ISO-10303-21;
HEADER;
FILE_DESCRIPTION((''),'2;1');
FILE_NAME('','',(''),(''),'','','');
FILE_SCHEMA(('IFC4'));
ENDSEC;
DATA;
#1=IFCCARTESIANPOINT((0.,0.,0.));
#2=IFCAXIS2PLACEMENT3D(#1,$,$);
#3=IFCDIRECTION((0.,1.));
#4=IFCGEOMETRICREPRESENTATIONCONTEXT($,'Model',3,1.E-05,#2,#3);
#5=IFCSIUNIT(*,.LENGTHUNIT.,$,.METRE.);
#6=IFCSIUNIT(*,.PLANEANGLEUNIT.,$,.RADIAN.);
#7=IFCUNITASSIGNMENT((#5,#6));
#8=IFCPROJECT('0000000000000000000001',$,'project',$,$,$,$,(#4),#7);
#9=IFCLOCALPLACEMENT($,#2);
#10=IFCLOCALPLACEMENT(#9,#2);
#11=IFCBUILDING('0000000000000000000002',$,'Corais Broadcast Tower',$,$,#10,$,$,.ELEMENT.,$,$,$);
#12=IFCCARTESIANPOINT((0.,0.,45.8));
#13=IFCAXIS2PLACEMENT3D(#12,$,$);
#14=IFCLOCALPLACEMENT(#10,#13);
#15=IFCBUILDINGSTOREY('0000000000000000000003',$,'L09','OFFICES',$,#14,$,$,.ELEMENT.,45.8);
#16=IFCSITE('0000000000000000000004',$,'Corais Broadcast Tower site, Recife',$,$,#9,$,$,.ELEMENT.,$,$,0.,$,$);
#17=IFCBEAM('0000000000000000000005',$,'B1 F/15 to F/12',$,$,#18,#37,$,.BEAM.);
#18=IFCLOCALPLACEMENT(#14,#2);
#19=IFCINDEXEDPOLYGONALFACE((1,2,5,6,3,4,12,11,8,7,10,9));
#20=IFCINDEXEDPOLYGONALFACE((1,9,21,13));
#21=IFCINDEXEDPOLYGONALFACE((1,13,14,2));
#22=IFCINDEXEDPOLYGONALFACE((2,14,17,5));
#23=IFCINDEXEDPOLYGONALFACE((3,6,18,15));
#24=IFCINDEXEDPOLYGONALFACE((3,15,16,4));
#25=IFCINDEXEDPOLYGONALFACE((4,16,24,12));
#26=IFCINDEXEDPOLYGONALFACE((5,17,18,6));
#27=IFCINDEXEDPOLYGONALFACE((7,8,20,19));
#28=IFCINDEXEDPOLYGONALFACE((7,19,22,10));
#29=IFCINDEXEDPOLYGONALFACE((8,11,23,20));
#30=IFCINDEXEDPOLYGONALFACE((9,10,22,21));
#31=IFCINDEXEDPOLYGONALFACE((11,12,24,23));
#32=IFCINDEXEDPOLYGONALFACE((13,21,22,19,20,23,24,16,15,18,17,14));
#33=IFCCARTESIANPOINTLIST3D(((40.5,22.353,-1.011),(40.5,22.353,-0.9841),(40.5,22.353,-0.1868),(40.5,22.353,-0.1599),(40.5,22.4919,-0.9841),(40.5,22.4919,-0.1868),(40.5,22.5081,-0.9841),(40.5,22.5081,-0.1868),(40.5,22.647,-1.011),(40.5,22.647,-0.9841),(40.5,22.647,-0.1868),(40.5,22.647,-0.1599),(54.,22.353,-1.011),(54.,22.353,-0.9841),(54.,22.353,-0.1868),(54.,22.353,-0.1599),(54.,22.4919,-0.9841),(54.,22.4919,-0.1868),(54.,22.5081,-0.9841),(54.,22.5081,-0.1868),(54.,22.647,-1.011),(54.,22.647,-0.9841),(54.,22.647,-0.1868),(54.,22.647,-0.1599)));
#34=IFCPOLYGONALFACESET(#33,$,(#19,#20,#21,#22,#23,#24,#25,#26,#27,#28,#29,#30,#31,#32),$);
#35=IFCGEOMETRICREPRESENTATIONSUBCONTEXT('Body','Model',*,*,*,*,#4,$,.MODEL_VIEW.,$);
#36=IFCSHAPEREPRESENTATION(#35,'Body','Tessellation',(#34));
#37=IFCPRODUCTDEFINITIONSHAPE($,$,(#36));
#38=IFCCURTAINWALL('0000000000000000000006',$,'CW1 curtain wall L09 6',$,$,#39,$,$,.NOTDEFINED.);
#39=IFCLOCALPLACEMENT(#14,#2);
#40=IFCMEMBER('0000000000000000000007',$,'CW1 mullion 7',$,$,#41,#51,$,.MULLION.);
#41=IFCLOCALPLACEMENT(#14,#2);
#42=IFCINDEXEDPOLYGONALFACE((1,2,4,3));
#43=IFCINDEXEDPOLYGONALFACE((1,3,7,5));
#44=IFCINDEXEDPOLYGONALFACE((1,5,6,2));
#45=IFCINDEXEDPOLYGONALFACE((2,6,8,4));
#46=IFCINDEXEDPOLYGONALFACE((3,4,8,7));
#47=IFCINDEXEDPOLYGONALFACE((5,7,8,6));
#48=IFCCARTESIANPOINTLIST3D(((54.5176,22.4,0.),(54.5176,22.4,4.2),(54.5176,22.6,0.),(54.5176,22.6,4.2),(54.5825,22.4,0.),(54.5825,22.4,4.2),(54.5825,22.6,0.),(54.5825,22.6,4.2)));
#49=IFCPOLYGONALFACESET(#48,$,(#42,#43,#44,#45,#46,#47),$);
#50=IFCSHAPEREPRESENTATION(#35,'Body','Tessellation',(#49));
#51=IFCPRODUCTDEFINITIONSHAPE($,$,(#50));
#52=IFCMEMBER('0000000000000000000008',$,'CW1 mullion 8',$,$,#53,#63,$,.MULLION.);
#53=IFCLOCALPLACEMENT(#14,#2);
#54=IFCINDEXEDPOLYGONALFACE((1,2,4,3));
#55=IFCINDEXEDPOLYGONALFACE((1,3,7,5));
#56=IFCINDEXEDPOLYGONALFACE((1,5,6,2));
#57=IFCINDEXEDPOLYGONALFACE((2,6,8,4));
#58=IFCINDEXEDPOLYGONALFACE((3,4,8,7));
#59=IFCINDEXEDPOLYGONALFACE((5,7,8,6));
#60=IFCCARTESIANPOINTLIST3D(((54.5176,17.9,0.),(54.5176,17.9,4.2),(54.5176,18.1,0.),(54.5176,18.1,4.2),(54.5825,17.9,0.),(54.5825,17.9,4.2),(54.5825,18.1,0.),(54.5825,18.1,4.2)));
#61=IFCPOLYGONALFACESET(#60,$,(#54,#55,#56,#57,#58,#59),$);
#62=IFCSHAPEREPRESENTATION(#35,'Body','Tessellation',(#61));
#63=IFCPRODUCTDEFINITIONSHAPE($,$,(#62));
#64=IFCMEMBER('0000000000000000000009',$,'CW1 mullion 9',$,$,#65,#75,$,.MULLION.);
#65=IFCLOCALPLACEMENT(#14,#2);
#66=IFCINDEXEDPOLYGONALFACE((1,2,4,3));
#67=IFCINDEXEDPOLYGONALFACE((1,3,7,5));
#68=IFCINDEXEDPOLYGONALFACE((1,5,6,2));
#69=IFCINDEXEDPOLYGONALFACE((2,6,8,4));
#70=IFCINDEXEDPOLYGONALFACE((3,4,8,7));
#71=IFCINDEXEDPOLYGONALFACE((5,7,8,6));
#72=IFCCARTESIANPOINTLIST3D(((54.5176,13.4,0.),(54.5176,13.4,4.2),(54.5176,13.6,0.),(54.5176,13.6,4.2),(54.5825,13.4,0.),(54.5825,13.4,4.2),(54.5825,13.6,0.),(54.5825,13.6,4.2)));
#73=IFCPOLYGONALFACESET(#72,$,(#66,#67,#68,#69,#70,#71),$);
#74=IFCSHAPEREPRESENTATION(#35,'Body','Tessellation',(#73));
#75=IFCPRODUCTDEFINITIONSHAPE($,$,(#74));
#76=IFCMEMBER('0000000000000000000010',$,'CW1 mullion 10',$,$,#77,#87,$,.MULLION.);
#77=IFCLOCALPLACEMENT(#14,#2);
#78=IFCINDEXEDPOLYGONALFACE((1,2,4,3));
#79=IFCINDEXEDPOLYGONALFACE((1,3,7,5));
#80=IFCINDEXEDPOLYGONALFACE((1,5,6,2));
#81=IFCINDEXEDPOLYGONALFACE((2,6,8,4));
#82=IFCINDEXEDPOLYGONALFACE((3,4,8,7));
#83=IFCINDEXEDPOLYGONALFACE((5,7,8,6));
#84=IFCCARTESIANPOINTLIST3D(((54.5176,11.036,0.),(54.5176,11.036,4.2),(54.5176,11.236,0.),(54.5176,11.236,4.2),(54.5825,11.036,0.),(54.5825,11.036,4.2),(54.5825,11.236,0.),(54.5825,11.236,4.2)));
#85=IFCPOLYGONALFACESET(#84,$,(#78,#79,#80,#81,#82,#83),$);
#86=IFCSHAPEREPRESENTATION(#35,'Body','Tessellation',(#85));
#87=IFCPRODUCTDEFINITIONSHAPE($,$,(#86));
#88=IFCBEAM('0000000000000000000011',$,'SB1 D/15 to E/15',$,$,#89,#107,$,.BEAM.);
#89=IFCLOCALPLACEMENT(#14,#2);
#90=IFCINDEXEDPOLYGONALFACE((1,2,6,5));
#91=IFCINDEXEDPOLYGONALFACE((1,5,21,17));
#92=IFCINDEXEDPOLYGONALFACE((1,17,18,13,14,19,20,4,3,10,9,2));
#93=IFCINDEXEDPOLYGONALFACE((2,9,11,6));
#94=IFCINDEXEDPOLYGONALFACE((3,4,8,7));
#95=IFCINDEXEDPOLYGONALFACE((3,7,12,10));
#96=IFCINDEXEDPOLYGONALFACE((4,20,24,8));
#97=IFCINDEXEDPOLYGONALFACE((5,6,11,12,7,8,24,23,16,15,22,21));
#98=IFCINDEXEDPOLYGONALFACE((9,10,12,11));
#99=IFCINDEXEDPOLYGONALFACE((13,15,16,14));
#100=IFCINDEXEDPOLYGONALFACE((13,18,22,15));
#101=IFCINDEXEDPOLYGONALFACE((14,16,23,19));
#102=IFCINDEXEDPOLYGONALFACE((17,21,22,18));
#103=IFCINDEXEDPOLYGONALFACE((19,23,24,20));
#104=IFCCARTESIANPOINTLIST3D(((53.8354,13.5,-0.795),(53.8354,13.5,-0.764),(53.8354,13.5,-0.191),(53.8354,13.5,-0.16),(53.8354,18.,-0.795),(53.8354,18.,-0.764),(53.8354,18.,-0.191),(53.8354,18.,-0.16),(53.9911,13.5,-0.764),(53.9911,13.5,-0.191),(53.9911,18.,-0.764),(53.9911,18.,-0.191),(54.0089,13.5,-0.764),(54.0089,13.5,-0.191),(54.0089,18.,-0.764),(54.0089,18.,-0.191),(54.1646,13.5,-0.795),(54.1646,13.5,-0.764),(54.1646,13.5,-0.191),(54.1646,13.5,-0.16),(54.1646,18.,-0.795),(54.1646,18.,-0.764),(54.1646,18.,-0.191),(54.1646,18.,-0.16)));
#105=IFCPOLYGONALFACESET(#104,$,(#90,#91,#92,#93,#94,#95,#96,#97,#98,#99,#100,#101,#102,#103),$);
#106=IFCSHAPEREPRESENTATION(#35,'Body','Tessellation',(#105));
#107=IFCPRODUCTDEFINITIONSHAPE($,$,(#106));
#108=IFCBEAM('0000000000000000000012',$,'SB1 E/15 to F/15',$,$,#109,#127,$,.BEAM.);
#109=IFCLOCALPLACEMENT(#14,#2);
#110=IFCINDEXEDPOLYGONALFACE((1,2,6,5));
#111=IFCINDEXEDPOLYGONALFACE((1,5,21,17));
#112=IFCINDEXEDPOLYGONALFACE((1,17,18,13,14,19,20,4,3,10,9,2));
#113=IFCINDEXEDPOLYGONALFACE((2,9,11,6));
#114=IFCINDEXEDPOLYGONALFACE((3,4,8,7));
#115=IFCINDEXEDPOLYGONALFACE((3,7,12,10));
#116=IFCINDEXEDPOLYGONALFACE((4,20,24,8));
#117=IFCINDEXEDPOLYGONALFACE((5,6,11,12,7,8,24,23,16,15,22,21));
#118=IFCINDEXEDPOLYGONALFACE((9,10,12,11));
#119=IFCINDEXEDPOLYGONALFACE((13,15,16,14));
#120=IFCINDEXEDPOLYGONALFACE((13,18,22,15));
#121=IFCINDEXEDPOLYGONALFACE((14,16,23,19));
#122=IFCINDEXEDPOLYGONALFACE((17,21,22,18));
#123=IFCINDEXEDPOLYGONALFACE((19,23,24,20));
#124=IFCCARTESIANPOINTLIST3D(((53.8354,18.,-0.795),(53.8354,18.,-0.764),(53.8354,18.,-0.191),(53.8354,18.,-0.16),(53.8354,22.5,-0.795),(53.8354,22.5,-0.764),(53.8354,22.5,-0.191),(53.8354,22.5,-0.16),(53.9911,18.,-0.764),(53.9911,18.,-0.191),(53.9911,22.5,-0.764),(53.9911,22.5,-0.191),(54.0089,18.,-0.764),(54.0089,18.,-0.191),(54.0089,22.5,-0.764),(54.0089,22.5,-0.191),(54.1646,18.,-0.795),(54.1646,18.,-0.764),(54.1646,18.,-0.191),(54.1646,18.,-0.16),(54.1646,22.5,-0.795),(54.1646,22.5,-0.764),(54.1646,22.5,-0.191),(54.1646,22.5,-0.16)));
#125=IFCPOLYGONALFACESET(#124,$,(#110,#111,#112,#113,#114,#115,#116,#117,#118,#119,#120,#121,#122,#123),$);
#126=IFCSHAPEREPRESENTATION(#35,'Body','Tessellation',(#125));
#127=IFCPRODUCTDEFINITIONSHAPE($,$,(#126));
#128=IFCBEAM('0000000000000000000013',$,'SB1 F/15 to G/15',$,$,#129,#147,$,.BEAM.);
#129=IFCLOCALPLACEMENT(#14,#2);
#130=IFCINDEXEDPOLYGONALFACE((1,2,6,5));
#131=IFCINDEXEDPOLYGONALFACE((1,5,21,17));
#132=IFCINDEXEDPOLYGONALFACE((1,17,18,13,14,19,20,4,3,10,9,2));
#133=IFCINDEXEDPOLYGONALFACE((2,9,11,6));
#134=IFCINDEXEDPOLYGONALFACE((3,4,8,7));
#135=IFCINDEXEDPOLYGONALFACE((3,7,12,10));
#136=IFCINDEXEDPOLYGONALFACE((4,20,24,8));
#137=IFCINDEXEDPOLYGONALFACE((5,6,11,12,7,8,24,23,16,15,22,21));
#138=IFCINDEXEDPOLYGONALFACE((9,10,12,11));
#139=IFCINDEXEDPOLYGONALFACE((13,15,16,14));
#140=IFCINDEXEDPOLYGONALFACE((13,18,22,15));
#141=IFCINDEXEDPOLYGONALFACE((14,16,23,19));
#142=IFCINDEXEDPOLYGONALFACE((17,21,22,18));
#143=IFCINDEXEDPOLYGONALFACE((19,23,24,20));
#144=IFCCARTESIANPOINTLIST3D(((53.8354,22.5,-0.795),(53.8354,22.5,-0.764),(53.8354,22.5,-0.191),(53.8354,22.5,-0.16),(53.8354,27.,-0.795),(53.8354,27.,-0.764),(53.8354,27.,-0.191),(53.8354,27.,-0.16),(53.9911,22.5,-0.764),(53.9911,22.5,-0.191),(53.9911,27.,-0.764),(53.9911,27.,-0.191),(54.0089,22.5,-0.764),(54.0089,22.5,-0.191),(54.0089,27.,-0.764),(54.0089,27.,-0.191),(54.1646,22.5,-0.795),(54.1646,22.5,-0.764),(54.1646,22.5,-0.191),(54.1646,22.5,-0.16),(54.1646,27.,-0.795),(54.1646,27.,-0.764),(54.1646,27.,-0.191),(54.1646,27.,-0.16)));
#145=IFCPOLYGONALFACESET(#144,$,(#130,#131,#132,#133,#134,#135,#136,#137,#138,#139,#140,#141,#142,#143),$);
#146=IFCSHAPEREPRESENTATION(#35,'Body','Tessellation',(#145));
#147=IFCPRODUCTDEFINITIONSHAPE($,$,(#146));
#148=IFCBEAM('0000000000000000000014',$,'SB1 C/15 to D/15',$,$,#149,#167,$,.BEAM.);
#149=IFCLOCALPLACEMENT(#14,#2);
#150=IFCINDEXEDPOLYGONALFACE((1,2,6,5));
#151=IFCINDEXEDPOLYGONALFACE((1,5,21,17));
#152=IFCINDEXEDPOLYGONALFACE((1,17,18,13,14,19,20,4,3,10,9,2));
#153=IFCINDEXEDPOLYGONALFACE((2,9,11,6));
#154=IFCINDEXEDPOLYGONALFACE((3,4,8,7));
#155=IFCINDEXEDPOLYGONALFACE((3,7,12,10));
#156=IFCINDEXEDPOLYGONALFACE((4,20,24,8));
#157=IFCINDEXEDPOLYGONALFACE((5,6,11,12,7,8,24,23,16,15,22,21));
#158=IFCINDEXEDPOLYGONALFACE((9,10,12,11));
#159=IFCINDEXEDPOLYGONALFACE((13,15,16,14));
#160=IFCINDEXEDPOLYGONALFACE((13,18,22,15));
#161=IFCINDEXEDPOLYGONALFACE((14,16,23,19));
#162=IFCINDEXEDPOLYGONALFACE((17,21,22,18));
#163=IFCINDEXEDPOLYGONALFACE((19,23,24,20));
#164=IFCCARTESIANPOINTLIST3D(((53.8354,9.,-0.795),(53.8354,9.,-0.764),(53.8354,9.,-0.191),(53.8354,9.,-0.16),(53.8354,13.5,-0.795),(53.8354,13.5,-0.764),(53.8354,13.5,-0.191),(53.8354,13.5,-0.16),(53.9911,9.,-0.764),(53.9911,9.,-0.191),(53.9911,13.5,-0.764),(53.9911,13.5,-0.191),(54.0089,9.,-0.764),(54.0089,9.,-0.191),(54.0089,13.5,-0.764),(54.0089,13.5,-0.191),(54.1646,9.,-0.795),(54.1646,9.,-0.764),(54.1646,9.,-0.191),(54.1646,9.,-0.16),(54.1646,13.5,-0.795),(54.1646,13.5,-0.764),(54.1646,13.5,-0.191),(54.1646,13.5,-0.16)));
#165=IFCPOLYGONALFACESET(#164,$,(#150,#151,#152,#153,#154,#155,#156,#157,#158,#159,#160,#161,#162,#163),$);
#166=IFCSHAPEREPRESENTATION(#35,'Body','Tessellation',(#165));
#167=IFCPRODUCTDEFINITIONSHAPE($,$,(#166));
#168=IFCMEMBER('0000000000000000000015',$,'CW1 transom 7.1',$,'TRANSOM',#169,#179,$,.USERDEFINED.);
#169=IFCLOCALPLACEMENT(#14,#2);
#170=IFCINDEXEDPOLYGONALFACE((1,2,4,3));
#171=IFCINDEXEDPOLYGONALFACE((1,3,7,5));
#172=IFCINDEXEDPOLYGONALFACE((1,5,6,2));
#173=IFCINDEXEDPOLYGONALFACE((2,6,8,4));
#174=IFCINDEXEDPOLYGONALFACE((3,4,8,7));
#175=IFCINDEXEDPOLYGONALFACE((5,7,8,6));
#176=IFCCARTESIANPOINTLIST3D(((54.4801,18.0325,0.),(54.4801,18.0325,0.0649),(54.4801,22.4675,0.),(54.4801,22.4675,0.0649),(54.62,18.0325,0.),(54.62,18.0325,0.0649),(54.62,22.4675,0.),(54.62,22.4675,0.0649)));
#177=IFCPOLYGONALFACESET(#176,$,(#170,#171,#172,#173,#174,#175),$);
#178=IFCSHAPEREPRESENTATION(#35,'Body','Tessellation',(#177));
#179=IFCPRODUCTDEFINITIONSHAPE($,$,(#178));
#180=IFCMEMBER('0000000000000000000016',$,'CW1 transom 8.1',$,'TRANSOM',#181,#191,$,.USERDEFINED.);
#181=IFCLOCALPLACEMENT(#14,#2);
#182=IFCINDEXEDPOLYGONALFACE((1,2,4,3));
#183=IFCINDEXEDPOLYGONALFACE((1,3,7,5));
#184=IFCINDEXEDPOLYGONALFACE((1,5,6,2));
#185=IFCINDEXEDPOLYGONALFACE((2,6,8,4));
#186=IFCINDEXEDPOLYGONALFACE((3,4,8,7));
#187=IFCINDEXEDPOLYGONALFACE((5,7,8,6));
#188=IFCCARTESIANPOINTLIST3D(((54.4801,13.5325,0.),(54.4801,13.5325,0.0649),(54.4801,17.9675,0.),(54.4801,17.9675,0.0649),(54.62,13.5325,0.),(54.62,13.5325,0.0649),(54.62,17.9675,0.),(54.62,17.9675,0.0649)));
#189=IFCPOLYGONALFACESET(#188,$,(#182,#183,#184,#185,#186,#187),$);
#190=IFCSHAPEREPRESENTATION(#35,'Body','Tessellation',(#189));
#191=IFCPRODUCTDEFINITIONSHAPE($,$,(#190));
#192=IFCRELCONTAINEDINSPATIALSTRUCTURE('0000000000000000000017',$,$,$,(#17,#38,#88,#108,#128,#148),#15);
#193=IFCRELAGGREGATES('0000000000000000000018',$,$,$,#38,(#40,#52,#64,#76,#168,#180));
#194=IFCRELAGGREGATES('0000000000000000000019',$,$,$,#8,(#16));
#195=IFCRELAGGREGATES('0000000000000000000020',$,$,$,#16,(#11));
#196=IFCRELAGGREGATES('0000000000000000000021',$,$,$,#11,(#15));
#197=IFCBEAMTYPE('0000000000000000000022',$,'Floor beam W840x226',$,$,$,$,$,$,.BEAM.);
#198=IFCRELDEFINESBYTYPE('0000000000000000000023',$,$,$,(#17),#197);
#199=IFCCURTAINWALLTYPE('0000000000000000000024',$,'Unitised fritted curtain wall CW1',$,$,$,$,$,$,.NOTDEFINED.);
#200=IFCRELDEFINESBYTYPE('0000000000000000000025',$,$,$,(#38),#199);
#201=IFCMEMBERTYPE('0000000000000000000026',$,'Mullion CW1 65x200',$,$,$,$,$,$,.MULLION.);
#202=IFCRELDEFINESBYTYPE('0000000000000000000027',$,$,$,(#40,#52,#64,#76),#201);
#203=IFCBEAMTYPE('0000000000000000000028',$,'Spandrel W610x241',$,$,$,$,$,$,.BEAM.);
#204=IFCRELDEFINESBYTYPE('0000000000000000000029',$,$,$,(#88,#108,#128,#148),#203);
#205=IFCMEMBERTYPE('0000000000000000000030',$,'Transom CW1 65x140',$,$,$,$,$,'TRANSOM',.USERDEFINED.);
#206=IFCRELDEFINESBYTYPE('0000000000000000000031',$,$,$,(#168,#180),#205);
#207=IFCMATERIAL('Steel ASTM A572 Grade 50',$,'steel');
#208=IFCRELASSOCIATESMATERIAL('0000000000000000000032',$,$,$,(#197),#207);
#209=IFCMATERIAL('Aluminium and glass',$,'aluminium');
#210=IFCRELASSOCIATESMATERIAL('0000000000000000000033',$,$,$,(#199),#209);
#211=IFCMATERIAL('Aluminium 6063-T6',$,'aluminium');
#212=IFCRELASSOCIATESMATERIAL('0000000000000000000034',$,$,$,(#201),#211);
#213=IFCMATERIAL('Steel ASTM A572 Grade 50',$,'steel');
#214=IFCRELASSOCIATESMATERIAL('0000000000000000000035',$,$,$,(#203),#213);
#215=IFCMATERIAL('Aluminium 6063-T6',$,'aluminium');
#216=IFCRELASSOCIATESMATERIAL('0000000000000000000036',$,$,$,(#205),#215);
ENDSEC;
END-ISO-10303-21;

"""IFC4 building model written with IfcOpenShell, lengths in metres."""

from ifc_helpers import new_model, si_unit, direction, frame, origin, origin_2d, place, context, subcontext, project, spatial, rectangle, i_section, extrude, material, material_profile, profile_set, type_object, element, aggregate, save


model = new_model("IFC4")

# Units and contexts
model_context = context("Model", 3, precision=1e-05, world=origin(), true_north=direction((0.0, 1.0)))
body_context = subcontext(model_context, "Body", "Model", "MODEL_VIEW")
ifc_project = project(units=[si_unit("LENGTHUNIT", "METRE"), si_unit("PLANEANGLEUNIT", "RADIAN")], contexts=[model_context])

# Site, building, storey
site_placement = place(None, origin())
site = spatial("IfcSite", under=ifc_project, at=site_placement, Name="Corais Broadcast Tower site, Recife", CompositionType="ELEMENT", RefElevation=0.0)
building_placement = place(site_placement, origin())
building = spatial("IfcBuilding", under=site, at=building_placement, Name="Corais Broadcast Tower", CompositionType="ELEMENT")
storey_placement = place(building_placement, frame((0.0, 0.0, 45.8)))
storey = spatial("IfcBuildingStorey", under=building, at=storey_placement, Name="L09", Description="OFFICES", CompositionType="ELEMENT", Elevation=45.8)

# Beam
ifc_material_1 = material(Name="Steel ASTM A572 Grade 50", Category="steel")
ifc_material_profile_1 = material_profile(ifc_material_1, i_section(OverallWidth=0.2939, OverallDepth=0.8511, WebThickness=0.0161, FlangeThickness=0.0269, at=origin_2d()), Name="W840x226")
ifc_profile_set_1 = profile_set([ifc_material_profile_1], Name="Steel ASTM A572 Grade 50")
beam_type_1 = type_object("IfcBeamType", Name="Floor beam W840x226", PredefinedType="BEAM", material=ifc_profile_set_1)
for number, where, z_axis, x_axis, name in (
    (1, (54.0, 22.5, -0.5854), (-1.0, 0.0, 0.0), (0.0, -1.0, 0.0), "B1 F/15 to F/12"),
):
    element("IfcBeam", number, at=place(storey_placement, frame(where, z_axis=z_axis, x_axis=x_axis)), inside=storey, type_object=beam_type_1, Name=name, PredefinedType="BEAM", context=body_context, shape_type="SweptSolid", body=[
        extrude(i_section(OverallWidth=0.2939, OverallDepth=0.8511, WebThickness=0.0161, FlangeThickness=0.0269, at=origin_2d()), origin(), (0.0, 0.0, 1.0), 13.5),
    ])

# Curtain wall, members
ifc_material_2 = material(Name="Aluminium and glass", Category="aluminium")
curtain_wall_type = type_object("IfcCurtainWallType", Name="Unitised fritted curtain wall CW1", PredefinedType="NOTDEFINED", material=ifc_material_2)
curtain_wall_placement = place(storey_placement, origin())
curtain_wall = element("IfcCurtainWall", 2, at=curtain_wall_placement, inside=storey, type_object=curtain_wall_type, Name="CW1 curtain wall L09 6", PredefinedType="NOTDEFINED")
ifc_material_3 = material(Name="Aluminium 6063-T6", Category="aluminium")
ifc_material_profile_2 = material_profile(ifc_material_3, rectangle(XDim=0.0649, YDim=0.2, at=origin_2d()), Name="Mullion CW1 65x200")
ifc_profile_set_2 = profile_set([ifc_material_profile_2], Name="Aluminium 6063-T6")
member_type_1 = type_object("IfcMemberType", Name="Mullion CW1 65x200", PredefinedType="MULLION", material=ifc_profile_set_2)
member_1_placement = place(storey_placement, frame((54.55, 22.5, 0.0), z_axis=(0.0, 0.0, 1.0), x_axis=(1.0, 0.0, 0.0)))
member_1 = element("IfcMember", 3, at=member_1_placement, type_object=member_type_1, Name="CW1 mullion 7", PredefinedType="MULLION", context=body_context, shape_type="SweptSolid", body=[
    extrude(rectangle(XDim=0.0649, YDim=0.2, at=origin_2d()), origin(), (0.0, 0.0, 1.0), 4.2),
])
member_2_placement = place(storey_placement, frame((54.55, 18.0, 0.0), z_axis=(0.0, 0.0, 1.0), x_axis=(1.0, 0.0, 0.0)))
member_2 = element("IfcMember", 4, at=member_2_placement, type_object=member_type_1, Name="CW1 mullion 8", PredefinedType="MULLION", context=body_context, shape_type="SweptSolid", body=[
    extrude(rectangle(XDim=0.0649, YDim=0.2, at=origin_2d()), origin(), (0.0, 0.0, 1.0), 4.2),
])
member_3_placement = place(storey_placement, frame((54.55, 13.5, 0.0), z_axis=(0.0, 0.0, 1.0), x_axis=(1.0, 0.0, 0.0)))
member_3 = element("IfcMember", 5, at=member_3_placement, type_object=member_type_1, Name="CW1 mullion 9", PredefinedType="MULLION", context=body_context, shape_type="SweptSolid", body=[
    extrude(rectangle(XDim=0.0649, YDim=0.2, at=origin_2d()), origin(), (0.0, 0.0, 1.0), 4.2),
])
member_4_placement = place(storey_placement, frame((54.55, 11.136, 0.0), z_axis=(0.0, 0.0, 1.0), x_axis=(1.0, 0.0, 0.0)))
member_4 = element("IfcMember", 6, at=member_4_placement, type_object=member_type_1, Name="CW1 mullion 10", PredefinedType="MULLION", context=body_context, shape_type="SweptSolid", body=[
    extrude(rectangle(XDim=0.0649, YDim=0.2, at=origin_2d()), origin(), (0.0, 0.0, 1.0), 4.2),
])

# Beams
ifc_material_4 = material(Name="Steel ASTM A572 Grade 50", Category="steel")
ifc_material_profile_3 = material_profile(ifc_material_4, i_section(OverallWidth=0.3291, OverallDepth=0.635, WebThickness=0.0178, FlangeThickness=0.031, at=origin_2d()), Name="W610x241")
ifc_profile_set_3 = profile_set([ifc_material_profile_3], Name="Steel ASTM A572 Grade 50")
beam_type_2 = type_object("IfcBeamType", Name="Spandrel W610x241", PredefinedType="BEAM", material=ifc_profile_set_3)
for number, where, z_axis, x_axis, name in (
    (7, (54.0, 13.5, -0.4775), (0.0, 1.0, 0.0), (-1.0, 0.0, 0.0), "SB1 D/15 to E/15"),
    (8, (54.0, 18.0, -0.4775), (0.0, 1.0, 0.0), (-1.0, 0.0, 0.0), "SB1 E/15 to F/15"),
    (9, (54.0, 22.5, -0.4775), (0.0, 1.0, 0.0), (-1.0, 0.0, 0.0), "SB1 F/15 to G/15"),
    (10, (54.0, 9.0, -0.4775), (0.0, 1.0, 0.0), (-1.0, 0.0, 0.0), "SB1 C/15 to D/15"),
):
    element("IfcBeam", number, at=place(storey_placement, frame(where, z_axis=z_axis, x_axis=x_axis)), inside=storey, type_object=beam_type_2, Name=name, PredefinedType="BEAM", context=body_context, shape_type="SweptSolid", body=[
        extrude(i_section(OverallWidth=0.3291, OverallDepth=0.635, WebThickness=0.0178, FlangeThickness=0.031, at=origin_2d()), origin(), (0.0, 0.0, 1.0), 4.5),
    ])

# Members
ifc_material_5 = material(Name="Aluminium 6063-T6", Category="aluminium")
ifc_material_profile_4 = material_profile(ifc_material_5, rectangle(XDim=0.1399, YDim=0.0649, at=origin_2d()), Name="Transom CW1 65x140")
ifc_profile_set_4 = profile_set([ifc_material_profile_4], Name="Aluminium 6063-T6")
member_type_2 = type_object("IfcMemberType", Name="Transom CW1 65x140", ElementType="TRANSOM", PredefinedType="USERDEFINED", material=ifc_profile_set_4)
member_5_placement = place(storey_placement, frame((54.55, 22.4675, 0.0325), z_axis=(0.0, -1.0, 0.0), x_axis=(1.0, 0.0, 0.0)))
member_5 = element("IfcMember", 11, at=member_5_placement, type_object=member_type_2, Name="CW1 transom 7.1", ObjectType="TRANSOM", PredefinedType="USERDEFINED", context=body_context, shape_type="SweptSolid", body=[
    extrude(rectangle(XDim=0.1399, YDim=0.0649, at=origin_2d()), origin(), (0.0, 0.0, 1.0), 4.4351),
])
member_6_placement = place(storey_placement, frame((54.55, 17.9675, 0.0325), z_axis=(0.0, -1.0, 0.0), x_axis=(1.0, 0.0, 0.0)))
member_6 = element("IfcMember", 12, at=member_6_placement, type_object=member_type_2, Name="CW1 transom 8.1", ObjectType="TRANSOM", PredefinedType="USERDEFINED", context=body_context, shape_type="SweptSolid", body=[
    extrude(rectangle(XDim=0.1399, YDim=0.0649, at=origin_2d()), origin(), (0.0, 0.0, 1.0), 4.4351),
])

aggregate(curtain_wall, [member_1, member_2, member_3, member_4, member_5, member_6])

save(model, "model.ifc")
